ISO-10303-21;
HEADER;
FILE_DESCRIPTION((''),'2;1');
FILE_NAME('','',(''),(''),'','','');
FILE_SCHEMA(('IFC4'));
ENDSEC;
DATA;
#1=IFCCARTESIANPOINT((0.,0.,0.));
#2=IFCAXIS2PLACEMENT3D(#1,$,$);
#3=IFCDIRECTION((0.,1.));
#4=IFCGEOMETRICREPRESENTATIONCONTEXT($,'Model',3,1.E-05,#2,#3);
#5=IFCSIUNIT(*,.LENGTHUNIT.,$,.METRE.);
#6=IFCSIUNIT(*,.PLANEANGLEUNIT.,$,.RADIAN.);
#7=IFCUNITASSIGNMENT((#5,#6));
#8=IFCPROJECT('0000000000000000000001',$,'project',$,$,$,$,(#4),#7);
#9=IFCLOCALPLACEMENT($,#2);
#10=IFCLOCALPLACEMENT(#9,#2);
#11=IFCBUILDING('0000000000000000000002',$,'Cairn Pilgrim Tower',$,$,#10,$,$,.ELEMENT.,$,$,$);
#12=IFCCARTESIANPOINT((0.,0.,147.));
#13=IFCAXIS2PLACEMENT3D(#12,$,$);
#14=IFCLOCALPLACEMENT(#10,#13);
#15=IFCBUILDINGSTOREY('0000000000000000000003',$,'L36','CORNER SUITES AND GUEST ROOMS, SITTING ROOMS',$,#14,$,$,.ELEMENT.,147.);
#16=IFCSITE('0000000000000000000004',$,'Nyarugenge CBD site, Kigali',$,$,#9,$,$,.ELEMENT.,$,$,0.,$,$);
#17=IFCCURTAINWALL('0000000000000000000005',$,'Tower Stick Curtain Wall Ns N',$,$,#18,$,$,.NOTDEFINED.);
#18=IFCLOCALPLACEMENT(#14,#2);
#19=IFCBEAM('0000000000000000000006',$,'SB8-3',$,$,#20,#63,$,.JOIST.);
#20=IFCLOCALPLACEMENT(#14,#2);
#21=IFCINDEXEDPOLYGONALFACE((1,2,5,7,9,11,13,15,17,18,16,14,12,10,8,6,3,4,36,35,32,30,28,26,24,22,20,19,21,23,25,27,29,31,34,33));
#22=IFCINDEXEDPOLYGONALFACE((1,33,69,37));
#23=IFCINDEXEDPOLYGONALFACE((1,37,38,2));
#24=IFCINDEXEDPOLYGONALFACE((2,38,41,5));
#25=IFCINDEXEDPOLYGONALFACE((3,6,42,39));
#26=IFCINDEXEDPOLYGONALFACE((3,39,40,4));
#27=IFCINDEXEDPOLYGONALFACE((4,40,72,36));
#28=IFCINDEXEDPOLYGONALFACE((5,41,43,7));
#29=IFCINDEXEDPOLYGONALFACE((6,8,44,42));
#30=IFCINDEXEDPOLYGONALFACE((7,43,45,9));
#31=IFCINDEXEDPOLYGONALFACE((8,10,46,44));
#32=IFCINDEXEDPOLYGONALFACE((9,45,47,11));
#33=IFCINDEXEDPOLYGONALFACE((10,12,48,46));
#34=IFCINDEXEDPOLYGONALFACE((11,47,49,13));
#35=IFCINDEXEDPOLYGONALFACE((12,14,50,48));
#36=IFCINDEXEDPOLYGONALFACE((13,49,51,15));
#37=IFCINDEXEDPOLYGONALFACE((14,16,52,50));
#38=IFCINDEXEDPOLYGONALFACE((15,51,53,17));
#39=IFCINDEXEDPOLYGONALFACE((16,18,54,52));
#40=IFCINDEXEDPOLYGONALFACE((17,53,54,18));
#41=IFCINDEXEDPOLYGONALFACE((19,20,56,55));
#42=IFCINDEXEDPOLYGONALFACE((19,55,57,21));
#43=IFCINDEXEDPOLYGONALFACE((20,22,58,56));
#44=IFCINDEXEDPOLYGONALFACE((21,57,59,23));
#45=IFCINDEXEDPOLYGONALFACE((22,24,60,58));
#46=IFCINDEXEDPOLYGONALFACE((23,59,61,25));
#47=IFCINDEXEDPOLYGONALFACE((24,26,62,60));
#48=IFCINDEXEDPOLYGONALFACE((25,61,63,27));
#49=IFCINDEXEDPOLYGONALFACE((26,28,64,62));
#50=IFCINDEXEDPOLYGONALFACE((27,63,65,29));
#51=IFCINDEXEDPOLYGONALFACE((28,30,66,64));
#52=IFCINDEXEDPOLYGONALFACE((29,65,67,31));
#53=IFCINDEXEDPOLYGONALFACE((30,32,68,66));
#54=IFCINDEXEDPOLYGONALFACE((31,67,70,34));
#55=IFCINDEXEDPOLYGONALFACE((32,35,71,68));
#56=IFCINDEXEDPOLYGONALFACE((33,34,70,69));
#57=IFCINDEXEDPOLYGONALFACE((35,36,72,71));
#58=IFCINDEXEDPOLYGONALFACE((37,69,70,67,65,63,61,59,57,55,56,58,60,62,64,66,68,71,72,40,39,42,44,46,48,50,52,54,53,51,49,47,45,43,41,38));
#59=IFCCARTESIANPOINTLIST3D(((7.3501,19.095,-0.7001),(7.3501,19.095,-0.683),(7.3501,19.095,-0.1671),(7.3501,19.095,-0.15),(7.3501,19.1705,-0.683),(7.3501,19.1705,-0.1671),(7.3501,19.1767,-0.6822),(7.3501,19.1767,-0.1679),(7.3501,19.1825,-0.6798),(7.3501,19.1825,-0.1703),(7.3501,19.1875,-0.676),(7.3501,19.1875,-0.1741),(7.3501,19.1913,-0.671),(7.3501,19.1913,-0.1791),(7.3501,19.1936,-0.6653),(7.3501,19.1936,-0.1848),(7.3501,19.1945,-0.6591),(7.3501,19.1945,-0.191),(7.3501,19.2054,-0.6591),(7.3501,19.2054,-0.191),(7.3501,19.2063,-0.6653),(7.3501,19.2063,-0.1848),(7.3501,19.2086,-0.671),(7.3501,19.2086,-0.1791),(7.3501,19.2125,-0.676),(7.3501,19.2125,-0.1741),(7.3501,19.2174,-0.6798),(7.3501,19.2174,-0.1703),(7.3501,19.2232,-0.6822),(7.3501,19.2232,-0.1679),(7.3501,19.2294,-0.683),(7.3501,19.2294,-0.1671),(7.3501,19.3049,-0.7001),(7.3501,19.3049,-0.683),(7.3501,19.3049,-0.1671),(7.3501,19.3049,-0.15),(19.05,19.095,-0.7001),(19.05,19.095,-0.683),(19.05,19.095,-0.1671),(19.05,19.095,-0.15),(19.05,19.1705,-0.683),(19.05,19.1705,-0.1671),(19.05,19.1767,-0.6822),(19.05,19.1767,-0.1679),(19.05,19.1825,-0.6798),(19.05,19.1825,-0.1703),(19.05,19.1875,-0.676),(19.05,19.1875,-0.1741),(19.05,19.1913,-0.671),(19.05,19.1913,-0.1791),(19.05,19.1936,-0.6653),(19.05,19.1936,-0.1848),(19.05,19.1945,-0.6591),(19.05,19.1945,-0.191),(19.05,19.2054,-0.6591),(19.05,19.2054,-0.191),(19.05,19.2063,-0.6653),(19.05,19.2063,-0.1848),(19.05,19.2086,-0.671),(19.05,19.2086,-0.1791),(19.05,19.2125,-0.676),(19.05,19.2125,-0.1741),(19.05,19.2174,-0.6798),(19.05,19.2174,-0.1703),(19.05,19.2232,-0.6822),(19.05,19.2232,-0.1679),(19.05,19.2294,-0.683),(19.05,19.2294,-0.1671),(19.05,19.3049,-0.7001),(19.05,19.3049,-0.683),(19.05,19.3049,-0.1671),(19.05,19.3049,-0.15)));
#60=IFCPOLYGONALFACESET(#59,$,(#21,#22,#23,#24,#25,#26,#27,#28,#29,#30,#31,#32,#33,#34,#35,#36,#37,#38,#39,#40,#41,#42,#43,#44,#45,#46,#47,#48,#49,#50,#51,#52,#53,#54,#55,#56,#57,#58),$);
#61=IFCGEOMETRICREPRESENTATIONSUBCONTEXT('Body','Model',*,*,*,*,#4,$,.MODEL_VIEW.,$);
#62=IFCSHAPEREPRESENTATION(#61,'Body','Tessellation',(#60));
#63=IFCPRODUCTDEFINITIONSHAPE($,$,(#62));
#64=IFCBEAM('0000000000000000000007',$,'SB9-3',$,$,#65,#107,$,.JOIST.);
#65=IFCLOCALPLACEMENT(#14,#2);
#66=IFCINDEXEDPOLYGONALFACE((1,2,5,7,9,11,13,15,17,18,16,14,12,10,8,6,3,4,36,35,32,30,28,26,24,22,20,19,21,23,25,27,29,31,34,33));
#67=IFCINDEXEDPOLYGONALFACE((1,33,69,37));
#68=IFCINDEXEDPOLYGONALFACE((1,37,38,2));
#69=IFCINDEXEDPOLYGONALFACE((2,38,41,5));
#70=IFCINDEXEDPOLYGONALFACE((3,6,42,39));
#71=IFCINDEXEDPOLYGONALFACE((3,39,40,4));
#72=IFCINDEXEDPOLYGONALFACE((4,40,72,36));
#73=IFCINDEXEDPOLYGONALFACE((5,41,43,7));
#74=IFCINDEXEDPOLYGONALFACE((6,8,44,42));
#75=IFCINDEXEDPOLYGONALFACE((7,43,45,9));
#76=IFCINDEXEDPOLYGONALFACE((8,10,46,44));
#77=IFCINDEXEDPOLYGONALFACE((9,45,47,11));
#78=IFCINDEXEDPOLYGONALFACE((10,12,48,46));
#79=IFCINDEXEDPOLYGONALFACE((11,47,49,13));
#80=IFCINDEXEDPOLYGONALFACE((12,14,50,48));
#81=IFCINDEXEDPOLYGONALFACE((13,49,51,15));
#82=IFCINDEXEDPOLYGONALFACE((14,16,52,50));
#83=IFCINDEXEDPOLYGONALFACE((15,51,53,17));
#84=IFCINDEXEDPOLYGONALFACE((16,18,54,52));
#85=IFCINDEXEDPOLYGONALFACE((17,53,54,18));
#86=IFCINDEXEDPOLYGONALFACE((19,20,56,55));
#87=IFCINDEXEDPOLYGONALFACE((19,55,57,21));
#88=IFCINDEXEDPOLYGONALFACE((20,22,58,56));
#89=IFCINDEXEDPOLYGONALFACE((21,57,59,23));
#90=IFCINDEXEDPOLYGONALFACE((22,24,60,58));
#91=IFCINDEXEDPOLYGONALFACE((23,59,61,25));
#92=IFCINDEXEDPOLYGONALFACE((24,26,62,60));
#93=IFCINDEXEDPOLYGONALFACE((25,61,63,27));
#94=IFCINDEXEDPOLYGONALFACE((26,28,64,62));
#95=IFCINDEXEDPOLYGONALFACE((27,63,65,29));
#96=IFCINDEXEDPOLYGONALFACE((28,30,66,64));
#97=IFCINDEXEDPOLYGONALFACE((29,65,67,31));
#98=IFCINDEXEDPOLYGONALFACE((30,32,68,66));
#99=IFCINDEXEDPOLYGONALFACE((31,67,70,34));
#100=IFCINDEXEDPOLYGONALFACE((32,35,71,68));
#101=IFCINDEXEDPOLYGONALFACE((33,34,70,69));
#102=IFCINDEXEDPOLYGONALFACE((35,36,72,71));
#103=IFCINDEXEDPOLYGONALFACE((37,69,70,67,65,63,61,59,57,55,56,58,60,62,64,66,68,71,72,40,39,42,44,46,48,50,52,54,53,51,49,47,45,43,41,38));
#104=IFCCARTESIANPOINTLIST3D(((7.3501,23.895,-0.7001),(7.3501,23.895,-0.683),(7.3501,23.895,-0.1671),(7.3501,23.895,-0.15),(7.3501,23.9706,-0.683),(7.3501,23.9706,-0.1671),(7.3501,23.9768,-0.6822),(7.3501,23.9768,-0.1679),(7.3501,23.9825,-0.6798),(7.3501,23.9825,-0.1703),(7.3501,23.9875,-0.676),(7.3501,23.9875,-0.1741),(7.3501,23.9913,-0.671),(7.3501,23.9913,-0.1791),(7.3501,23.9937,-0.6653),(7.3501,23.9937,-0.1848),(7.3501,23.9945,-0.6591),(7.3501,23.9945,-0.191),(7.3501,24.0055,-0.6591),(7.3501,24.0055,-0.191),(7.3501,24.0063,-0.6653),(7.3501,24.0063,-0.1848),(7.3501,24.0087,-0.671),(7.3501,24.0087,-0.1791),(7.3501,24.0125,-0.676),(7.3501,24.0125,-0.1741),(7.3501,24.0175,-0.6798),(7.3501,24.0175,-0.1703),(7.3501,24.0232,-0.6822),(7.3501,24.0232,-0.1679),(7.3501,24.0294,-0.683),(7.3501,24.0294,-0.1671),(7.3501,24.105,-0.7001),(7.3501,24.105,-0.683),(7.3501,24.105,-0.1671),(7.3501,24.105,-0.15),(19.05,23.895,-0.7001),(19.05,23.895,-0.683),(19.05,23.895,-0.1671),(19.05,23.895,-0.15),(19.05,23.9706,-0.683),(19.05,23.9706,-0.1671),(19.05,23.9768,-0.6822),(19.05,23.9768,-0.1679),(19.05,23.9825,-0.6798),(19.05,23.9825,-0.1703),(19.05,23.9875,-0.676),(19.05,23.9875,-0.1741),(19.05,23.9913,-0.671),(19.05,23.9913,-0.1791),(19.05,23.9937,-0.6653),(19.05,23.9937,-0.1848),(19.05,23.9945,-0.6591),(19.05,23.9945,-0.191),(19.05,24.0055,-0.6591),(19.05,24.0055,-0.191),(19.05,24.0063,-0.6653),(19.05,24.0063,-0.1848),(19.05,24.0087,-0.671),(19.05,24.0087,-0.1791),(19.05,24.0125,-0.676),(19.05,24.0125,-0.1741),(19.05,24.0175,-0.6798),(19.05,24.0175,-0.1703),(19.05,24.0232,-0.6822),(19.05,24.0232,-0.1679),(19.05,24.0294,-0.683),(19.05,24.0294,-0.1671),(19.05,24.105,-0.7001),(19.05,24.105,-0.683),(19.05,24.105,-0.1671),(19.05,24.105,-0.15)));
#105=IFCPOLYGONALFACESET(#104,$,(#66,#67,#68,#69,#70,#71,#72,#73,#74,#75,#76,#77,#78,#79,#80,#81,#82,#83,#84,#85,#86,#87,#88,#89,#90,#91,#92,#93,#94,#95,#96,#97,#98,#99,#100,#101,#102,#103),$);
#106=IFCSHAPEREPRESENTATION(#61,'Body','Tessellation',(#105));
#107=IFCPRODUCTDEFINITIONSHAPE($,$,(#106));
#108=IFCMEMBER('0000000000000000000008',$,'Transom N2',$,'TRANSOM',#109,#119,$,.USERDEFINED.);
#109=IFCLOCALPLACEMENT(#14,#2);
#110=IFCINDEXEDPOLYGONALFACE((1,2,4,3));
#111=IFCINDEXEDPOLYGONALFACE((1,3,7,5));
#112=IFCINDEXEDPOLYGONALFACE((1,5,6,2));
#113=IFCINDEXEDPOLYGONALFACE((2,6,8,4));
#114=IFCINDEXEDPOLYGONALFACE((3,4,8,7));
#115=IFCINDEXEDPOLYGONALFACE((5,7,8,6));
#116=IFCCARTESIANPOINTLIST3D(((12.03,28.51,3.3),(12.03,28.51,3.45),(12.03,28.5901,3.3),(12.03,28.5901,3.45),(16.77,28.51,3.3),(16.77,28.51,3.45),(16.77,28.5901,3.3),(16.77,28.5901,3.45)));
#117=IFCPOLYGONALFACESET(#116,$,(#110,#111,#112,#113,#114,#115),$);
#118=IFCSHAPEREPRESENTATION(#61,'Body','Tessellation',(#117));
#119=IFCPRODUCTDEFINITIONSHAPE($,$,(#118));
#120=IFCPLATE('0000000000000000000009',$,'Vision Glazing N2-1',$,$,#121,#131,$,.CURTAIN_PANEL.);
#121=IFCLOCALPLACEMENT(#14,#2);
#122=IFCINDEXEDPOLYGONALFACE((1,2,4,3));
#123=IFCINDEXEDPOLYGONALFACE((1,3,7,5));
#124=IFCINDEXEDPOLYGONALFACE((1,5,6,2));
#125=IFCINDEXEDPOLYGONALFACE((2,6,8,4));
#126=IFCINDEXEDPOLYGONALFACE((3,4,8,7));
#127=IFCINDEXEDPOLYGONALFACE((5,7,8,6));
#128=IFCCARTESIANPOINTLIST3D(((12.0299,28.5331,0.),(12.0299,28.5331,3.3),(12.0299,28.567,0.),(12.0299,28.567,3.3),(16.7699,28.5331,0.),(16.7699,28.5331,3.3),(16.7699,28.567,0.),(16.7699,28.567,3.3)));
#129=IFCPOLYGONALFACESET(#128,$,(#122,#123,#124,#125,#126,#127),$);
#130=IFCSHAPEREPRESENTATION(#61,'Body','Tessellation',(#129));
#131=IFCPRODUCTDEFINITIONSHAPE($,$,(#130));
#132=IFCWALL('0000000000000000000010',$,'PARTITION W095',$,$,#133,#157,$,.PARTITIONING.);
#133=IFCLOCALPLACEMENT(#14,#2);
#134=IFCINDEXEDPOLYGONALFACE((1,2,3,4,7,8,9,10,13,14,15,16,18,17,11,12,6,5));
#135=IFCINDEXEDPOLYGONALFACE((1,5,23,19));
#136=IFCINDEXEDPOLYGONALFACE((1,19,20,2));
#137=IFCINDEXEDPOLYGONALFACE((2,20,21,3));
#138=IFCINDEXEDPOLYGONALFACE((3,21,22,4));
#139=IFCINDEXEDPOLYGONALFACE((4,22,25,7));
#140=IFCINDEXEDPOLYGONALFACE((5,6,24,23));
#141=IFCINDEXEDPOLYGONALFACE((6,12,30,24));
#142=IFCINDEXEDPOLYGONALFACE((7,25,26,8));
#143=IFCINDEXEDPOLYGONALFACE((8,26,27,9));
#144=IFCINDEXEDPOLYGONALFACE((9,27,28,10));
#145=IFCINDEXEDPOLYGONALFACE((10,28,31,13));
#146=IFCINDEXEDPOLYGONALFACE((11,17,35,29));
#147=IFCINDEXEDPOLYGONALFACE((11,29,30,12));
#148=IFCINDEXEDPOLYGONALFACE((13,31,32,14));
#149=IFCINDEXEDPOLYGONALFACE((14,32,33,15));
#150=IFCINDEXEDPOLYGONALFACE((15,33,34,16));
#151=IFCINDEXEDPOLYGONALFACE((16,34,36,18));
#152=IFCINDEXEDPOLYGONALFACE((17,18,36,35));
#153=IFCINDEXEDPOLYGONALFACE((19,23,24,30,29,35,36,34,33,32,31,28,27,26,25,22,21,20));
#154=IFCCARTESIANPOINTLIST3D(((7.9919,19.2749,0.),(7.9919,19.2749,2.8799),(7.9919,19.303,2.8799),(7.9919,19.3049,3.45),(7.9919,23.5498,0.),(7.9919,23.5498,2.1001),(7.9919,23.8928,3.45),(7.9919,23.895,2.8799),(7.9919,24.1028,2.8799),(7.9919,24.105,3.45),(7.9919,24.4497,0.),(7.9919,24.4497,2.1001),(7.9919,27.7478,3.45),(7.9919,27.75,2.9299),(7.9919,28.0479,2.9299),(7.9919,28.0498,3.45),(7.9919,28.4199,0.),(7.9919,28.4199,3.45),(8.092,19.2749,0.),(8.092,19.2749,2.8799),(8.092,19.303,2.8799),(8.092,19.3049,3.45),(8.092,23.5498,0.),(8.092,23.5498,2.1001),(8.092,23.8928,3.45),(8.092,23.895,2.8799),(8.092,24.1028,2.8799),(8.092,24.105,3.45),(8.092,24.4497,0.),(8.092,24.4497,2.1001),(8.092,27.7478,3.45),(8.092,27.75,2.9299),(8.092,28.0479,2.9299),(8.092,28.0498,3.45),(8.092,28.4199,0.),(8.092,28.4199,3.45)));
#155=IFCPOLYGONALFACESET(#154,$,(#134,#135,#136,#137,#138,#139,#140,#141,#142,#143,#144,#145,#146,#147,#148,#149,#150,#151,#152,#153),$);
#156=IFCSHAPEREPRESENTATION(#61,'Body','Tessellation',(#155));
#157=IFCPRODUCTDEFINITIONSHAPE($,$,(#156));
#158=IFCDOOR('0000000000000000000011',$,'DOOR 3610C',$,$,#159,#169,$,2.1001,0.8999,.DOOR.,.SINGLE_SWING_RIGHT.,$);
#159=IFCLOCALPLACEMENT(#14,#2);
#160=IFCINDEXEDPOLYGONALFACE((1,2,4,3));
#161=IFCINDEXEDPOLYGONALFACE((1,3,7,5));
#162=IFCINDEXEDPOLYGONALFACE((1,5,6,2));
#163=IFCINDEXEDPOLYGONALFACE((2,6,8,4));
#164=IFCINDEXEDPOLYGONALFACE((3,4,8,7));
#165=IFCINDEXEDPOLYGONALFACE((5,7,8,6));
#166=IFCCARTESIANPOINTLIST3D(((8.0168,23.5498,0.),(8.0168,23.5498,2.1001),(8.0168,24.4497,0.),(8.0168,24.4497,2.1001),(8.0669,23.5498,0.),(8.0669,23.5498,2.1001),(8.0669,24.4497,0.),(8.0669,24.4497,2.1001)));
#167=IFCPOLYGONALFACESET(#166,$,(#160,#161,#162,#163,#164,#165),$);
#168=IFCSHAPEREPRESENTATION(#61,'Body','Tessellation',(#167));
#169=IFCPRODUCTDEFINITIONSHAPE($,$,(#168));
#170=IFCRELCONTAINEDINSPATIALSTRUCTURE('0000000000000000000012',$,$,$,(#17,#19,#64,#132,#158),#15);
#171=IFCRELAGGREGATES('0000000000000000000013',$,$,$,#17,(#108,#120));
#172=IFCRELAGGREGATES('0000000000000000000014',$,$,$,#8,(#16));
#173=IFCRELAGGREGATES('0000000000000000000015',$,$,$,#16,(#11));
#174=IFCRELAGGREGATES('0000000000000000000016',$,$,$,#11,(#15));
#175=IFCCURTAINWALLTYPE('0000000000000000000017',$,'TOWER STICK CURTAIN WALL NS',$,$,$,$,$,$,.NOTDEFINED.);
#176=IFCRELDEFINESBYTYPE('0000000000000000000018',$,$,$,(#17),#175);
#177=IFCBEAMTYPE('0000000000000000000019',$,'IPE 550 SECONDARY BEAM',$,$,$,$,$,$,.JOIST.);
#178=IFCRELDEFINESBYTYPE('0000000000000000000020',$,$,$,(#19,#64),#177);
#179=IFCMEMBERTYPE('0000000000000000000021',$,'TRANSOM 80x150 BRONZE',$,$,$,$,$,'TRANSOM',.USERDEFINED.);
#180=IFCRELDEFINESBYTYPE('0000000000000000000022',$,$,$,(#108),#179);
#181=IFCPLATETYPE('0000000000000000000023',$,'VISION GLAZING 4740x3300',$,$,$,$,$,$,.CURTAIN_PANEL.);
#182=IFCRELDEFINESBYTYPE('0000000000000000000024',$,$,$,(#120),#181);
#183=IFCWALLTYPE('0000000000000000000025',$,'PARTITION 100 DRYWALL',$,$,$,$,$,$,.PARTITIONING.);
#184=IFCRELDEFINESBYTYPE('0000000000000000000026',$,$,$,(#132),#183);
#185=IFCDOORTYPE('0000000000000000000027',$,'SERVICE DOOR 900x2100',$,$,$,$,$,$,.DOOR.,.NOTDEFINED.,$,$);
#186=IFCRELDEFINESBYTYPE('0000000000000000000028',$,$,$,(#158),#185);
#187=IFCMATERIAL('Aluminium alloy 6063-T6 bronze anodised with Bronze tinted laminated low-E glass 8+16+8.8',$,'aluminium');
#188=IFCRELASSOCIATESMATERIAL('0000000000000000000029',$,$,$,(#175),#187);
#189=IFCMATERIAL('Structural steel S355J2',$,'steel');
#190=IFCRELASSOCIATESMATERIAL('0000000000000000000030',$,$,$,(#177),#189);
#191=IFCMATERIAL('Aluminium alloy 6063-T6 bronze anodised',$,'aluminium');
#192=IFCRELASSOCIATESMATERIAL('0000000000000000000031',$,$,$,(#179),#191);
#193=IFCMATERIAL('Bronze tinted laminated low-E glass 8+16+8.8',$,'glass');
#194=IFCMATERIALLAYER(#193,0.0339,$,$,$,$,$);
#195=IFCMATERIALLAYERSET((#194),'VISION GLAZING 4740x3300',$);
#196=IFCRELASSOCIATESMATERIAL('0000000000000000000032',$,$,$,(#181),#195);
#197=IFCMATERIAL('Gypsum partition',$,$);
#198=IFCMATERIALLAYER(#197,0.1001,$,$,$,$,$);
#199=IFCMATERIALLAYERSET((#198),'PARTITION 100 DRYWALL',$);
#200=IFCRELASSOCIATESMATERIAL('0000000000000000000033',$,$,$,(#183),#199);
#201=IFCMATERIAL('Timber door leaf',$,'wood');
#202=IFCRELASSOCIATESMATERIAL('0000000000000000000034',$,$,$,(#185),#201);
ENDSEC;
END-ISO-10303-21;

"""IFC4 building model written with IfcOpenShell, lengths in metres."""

from ifc_helpers import new_model, si_unit, direction, frame, frame_2d, origin, origin_2d, place, context, subcontext, project, spatial, polyline, rectangle, i_section, outline, extrude, material, layer, layer_set, material_profile, profile_set, type_object, element, fill, aggregate, save


model = new_model("IFC4")

# Units and contexts
model_context = context("Model", 3, precision=1e-05, world=origin(), true_north=direction((0.0, 1.0)))
body_context = subcontext(model_context, "Body", "Model", "MODEL_VIEW")
ifc_project = project(units=[si_unit("LENGTHUNIT", "METRE"), si_unit("PLANEANGLEUNIT", "RADIAN")], contexts=[model_context])

# Site, building, storey
site_placement = place(None, origin())
site = spatial("IfcSite", under=ifc_project, at=site_placement, Name="Nyarugenge CBD site, Kigali", CompositionType="ELEMENT", RefElevation=0.0)
building_placement = place(site_placement, origin())
building = spatial("IfcBuilding", under=site, at=building_placement, Name="Cairn Pilgrim Tower", CompositionType="ELEMENT")
storey_placement = place(building_placement, frame((0.0, 0.0, 147.0)))
storey = spatial("IfcBuildingStorey", under=building, at=storey_placement, Name="L36", Description="CORNER SUITES AND GUEST ROOMS, SITTING ROOMS", CompositionType="ELEMENT", Elevation=147.0)

# Curtain wall
ifc_material_1 = material(Name="Aluminium alloy 6063-T6 bronze anodised with Bronze tinted laminated low-E glass 8+16+8.8", Category="aluminium")
curtain_wall_type = type_object("IfcCurtainWallType", Name="TOWER STICK CURTAIN WALL NS", PredefinedType="NOTDEFINED", material=ifc_material_1)
curtain_wall_placement = place(storey_placement, origin())
curtain_wall = element("IfcCurtainWall", 1, at=curtain_wall_placement, inside=storey, type_object=curtain_wall_type, Name="Tower Stick Curtain Wall Ns N", PredefinedType="NOTDEFINED")
ifc_material_2 = material(Name="Aluminium alloy 6063-T6 bronze anodised", Category="aluminium")

# Beams
ifc_material_3 = material(Name="Structural steel S355J2", Category="steel")
ifc_material_profile_1 = material_profile(ifc_material_3, i_section(OverallWidth=0.21, OverallDepth=0.55, WebThickness=0.011, FlangeThickness=0.0171, FilletRadius=0.0239, at=origin_2d()), Name="IPE 550")
ifc_profile_set_1 = profile_set([ifc_material_profile_1], Name="Structural steel S355J2")
beam_type_1 = type_object("IfcBeamType", Name="IPE 550 SECONDARY BEAM", PredefinedType="JOIST", material=ifc_profile_set_1)
for number, where, z_axis, x_axis, name in (
    (2, (7.3501, 19.2, -0.425), (1.0, 0.0, 0.0), (0.0, 1.0, 0.0), "SB8-3"),
    (3, (7.3501, 24.0, -0.425), (1.0, 0.0, 0.0), (0.0, 1.0, 0.0), "SB9-3"),
):
    element("IfcBeam", number, at=place(storey_placement, frame(where, z_axis=z_axis, x_axis=x_axis)), inside=storey, type_object=beam_type_1, Name=name, PredefinedType="JOIST", context=body_context, shape_type="SweptSolid", body=[
        extrude(i_section(OverallWidth=0.21, OverallDepth=0.55, WebThickness=0.011, FlangeThickness=0.0171, FilletRadius=0.0239, at=origin_2d()), origin(), (0.0, 0.0, 1.0), 11.7),
    ])

# Member
ifc_material_profile_2 = material_profile(ifc_material_2, rectangle(XDim=0.0801, YDim=0.1499, at=origin_2d()), Name="TRANSOM 80x150 BRONZE")
ifc_profile_set_2 = profile_set([ifc_material_profile_2], Name="Aluminium alloy 6063-T6 bronze anodised")
member_type_1 = type_object("IfcMemberType", Name="TRANSOM 80x150 BRONZE", ElementType="TRANSOM", PredefinedType="USERDEFINED", material=ifc_profile_set_2)
member_1_placement = place(storey_placement, frame((16.77, 28.55, 3.375), z_axis=(-1.0, 0.0, 0.0), x_axis=(0.0, -1.0, 0.0)))
member_1 = element("IfcMember", 4, at=member_1_placement, type_object=member_type_1, Name="Transom N2", ObjectType="TRANSOM", PredefinedType="USERDEFINED", context=body_context, shape_type="SweptSolid", body=[
    extrude(rectangle(XDim=0.0801, YDim=0.1499, at=origin_2d()), origin(), (0.0, 0.0, 1.0), 4.74),
])

# Plate
ifc_material_4 = material(Name="Bronze tinted laminated low-E glass 8+16+8.8", Category="glass")
ifc_layer_1 = layer(ifc_material_4, 0.0339)
ifc_layer_set_1 = layer_set([ifc_layer_1], Name="VISION GLAZING 4740x3300")
plate_type = type_object("IfcPlateType", Name="VISION GLAZING 4740x3300", PredefinedType="CURTAIN_PANEL", material=ifc_layer_set_1)
plate_placement = place(storey_placement, frame((14.3999, 28.55, 0.0), z_axis=(0.0, 0.0, 1.0), x_axis=(-1.0, 0.0, 0.0)))
plate = element("IfcPlate", 5, at=plate_placement, type_object=plate_type, Name="Vision Glazing N2-1", PredefinedType="CURTAIN_PANEL", context=body_context, shape_type="SweptSolid", body=[
    extrude(rectangle(XDim=4.74, YDim=0.0339, at=origin_2d()), origin(), (0.0, 0.0, 1.0), 3.3),
])
aggregate(curtain_wall, [member_1, plate])

# Wall, opening, door
ifc_material_5 = material(Name="Gypsum partition")
ifc_layer_2 = layer(ifc_material_5, 0.1001)
ifc_layer_set_2 = layer_set([ifc_layer_2], Name="PARTITION 100 DRYWALL")
wall_type_1 = type_object("IfcWallType", Name="PARTITION 100 DRYWALL", PredefinedType="PARTITIONING", material=ifc_layer_set_2)
wall_1_placement = place(storey_placement, frame((8.042, 19.2749, 0.0), z_axis=(0.0, 0.0, 1.0), x_axis=(0.0, 1.0, 0.0)))
wall_1 = element("IfcWall", 6, at=wall_1_placement, inside=storey, type_object=wall_type_1, Name="PARTITION W095", PredefinedType="PARTITIONING", context=body_context, shape_type="SweptSolid", body=[
    extrude(outline(polyline([(0.0, 0.0), (9.145, 0.0), (9.145, 3.45), (8.7749, 3.45), (8.7729, 2.9299), (8.4751, 2.9299), (8.4729, 3.45), (4.8301, 3.45), (4.8279, 2.8799), (4.6201, 2.8799), (4.6179, 3.45), (0.03, 3.45), (0.0281, 2.8799), (0.0, 2.8799), (0.0, 0.0)])), frame((0.0, 0.05, 0.0), z_axis=(0.0, -1.0, 0.0), x_axis=(1.0, 0.0, 0.0)), (0.0, 0.0, 1.0), 0.1001),
])
opening_1_placement = place(wall_1_placement, frame((4.2749, 0.0, 0.0)))
opening_1 = element("IfcOpeningElement", 7, at=opening_1_placement, cuts=wall_1, PredefinedType="OPENING", context=body_context, shape_type="SweptSolid", body=[
    extrude(rectangle(XDim=0.8999, YDim=2.1001, at=frame_2d((0.45, 1.05))), frame((0.0, 0.0601, 0.0), z_axis=(0.0, -1.0, 0.0), x_axis=(1.0, 0.0, 0.0)), (0.0, 0.0, 1.0), 0.1201),
])
ifc_material_6 = material(Name="Timber door leaf", Category="wood")
door_type_1 = type_object("IfcDoorType", Name="SERVICE DOOR 900x2100", OperationType="NOTDEFINED", PredefinedType="DOOR", material=ifc_material_6)
door_1_placement = place(opening_1_placement, frame((0.8999, 0.0, 0.0), z_axis=(0.0, 0.0, 1.0), x_axis=(-1.0, 0.0, 0.0)))
door_1 = element("IfcDoor", 8, at=door_1_placement, inside=storey, type_object=door_type_1, Name="DOOR 3610C", OperationType="SINGLE_SWING_RIGHT", OverallHeight=2.1001, OverallWidth=0.8999, PredefinedType="DOOR", context=body_context, shape_type="SweptSolid", body=[
    extrude(rectangle(XDim=0.8999, YDim=2.1001, at=frame_2d((0.45, 1.05))), frame((0.0, 0.0249, 0.0), z_axis=(0.0, -1.0, 0.0), x_axis=(1.0, 0.0, 0.0)), (0.0, 0.0, 1.0), 0.05),
])
fill(opening_1, door_1)

save(model, "model.ifc")
